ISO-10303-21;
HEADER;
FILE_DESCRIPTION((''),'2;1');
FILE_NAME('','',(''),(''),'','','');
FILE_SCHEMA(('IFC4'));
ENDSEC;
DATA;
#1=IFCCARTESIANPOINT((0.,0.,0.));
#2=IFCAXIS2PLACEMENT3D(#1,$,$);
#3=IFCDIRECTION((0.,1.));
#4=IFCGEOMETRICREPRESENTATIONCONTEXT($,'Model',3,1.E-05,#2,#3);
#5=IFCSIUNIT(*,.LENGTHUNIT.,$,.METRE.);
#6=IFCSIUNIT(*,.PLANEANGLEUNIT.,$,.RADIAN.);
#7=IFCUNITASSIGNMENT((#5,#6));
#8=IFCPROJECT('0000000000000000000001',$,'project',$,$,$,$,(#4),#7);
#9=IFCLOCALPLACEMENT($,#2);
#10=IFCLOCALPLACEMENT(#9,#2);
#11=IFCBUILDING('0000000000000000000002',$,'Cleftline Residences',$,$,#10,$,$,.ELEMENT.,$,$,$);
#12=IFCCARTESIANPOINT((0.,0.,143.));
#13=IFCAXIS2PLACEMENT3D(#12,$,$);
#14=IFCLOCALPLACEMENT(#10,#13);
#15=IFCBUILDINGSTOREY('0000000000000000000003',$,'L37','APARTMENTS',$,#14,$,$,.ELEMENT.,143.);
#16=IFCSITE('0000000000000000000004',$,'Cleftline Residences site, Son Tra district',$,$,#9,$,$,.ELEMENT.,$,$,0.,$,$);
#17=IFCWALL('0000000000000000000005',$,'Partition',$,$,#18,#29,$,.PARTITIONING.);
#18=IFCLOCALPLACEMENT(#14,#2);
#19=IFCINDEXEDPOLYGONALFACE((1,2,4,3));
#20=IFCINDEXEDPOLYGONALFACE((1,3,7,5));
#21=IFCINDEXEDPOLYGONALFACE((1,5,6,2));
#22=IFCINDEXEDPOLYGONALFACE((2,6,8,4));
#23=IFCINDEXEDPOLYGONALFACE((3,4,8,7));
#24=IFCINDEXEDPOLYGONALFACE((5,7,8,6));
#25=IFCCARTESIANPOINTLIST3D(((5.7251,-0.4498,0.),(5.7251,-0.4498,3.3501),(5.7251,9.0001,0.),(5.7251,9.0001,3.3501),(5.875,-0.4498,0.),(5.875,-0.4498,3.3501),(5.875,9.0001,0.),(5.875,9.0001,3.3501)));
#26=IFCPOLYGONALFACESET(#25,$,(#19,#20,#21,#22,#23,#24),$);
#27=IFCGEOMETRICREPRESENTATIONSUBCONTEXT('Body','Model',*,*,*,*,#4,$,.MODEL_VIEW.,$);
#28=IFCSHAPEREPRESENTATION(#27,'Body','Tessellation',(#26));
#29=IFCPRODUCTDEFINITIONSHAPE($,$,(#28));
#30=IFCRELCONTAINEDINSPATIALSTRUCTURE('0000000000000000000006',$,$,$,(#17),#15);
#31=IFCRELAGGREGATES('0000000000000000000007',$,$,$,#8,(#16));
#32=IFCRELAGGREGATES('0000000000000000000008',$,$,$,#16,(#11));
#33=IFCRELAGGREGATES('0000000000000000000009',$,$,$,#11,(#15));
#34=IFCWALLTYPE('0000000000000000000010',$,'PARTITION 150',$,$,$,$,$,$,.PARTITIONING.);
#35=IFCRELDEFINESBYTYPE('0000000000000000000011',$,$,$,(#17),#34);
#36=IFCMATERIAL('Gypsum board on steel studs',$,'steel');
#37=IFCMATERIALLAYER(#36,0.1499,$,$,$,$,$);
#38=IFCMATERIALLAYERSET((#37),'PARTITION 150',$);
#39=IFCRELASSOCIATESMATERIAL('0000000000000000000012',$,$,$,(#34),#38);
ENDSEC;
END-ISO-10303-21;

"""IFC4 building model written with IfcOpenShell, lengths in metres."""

from ifc_helpers import new_model, si_unit, direction, frame, frame_2d, origin, place, context, subcontext, project, spatial, rectangle, extrude, material, layer, layer_set, type_object, element, save


model = new_model("IFC4")

# Units and contexts
model_context = context("Model", 3, precision=1e-05, world=origin(), true_north=direction((0.0, 1.0)))
body_context = subcontext(model_context, "Body", "Model", "MODEL_VIEW")
ifc_project = project(units=[si_unit("LENGTHUNIT", "METRE"), si_unit("PLANEANGLEUNIT", "RADIAN")], contexts=[model_context])

# Site, building, storey
site_placement = place(None, origin())
site = spatial("IfcSite", under=ifc_project, at=site_placement, Name="Cleftline Residences site, Son Tra district", CompositionType="ELEMENT", RefElevation=0.0)
building_placement = place(site_placement, origin())
building = spatial("IfcBuilding", under=site, at=building_placement, Name="Cleftline Residences", CompositionType="ELEMENT")
storey_placement = place(building_placement, frame((0.0, 0.0, 143.0)))
storey = spatial("IfcBuildingStorey", under=building, at=storey_placement, Name="L37", Description="APARTMENTS", CompositionType="ELEMENT", Elevation=143.0)

# Shared definitions
ifc_material_1 = material(Name="Gypsum board on steel studs", Category="steel")
ifc_layer_1 = layer(ifc_material_1, 0.1499)
ifc_layer_set_1 = layer_set([ifc_layer_1], Name="PARTITION 150")
wall_type_1 = type_object("IfcWallType", Name="PARTITION 150", PredefinedType="PARTITIONING", material=ifc_layer_set_1)

# Wall
wall_1_placement = place(storey_placement, frame((5.8, -0.45, 0.0), z_axis=(0.0, 0.0, 1.0), x_axis=(0.0, 1.0, 0.0)))
element("IfcWall", 1, at=wall_1_placement, inside=storey, type_object=wall_type_1, Name="Partition", PredefinedType="PARTITIONING", context=body_context, shape_type="SweptSolid", body=[
    extrude(rectangle(XDim=9.45, YDim=0.1499, at=frame_2d((4.7251, 0.0))), origin(), (0.0, 0.0, 1.0), 3.3501),
])

save(model, "model.ifc")
